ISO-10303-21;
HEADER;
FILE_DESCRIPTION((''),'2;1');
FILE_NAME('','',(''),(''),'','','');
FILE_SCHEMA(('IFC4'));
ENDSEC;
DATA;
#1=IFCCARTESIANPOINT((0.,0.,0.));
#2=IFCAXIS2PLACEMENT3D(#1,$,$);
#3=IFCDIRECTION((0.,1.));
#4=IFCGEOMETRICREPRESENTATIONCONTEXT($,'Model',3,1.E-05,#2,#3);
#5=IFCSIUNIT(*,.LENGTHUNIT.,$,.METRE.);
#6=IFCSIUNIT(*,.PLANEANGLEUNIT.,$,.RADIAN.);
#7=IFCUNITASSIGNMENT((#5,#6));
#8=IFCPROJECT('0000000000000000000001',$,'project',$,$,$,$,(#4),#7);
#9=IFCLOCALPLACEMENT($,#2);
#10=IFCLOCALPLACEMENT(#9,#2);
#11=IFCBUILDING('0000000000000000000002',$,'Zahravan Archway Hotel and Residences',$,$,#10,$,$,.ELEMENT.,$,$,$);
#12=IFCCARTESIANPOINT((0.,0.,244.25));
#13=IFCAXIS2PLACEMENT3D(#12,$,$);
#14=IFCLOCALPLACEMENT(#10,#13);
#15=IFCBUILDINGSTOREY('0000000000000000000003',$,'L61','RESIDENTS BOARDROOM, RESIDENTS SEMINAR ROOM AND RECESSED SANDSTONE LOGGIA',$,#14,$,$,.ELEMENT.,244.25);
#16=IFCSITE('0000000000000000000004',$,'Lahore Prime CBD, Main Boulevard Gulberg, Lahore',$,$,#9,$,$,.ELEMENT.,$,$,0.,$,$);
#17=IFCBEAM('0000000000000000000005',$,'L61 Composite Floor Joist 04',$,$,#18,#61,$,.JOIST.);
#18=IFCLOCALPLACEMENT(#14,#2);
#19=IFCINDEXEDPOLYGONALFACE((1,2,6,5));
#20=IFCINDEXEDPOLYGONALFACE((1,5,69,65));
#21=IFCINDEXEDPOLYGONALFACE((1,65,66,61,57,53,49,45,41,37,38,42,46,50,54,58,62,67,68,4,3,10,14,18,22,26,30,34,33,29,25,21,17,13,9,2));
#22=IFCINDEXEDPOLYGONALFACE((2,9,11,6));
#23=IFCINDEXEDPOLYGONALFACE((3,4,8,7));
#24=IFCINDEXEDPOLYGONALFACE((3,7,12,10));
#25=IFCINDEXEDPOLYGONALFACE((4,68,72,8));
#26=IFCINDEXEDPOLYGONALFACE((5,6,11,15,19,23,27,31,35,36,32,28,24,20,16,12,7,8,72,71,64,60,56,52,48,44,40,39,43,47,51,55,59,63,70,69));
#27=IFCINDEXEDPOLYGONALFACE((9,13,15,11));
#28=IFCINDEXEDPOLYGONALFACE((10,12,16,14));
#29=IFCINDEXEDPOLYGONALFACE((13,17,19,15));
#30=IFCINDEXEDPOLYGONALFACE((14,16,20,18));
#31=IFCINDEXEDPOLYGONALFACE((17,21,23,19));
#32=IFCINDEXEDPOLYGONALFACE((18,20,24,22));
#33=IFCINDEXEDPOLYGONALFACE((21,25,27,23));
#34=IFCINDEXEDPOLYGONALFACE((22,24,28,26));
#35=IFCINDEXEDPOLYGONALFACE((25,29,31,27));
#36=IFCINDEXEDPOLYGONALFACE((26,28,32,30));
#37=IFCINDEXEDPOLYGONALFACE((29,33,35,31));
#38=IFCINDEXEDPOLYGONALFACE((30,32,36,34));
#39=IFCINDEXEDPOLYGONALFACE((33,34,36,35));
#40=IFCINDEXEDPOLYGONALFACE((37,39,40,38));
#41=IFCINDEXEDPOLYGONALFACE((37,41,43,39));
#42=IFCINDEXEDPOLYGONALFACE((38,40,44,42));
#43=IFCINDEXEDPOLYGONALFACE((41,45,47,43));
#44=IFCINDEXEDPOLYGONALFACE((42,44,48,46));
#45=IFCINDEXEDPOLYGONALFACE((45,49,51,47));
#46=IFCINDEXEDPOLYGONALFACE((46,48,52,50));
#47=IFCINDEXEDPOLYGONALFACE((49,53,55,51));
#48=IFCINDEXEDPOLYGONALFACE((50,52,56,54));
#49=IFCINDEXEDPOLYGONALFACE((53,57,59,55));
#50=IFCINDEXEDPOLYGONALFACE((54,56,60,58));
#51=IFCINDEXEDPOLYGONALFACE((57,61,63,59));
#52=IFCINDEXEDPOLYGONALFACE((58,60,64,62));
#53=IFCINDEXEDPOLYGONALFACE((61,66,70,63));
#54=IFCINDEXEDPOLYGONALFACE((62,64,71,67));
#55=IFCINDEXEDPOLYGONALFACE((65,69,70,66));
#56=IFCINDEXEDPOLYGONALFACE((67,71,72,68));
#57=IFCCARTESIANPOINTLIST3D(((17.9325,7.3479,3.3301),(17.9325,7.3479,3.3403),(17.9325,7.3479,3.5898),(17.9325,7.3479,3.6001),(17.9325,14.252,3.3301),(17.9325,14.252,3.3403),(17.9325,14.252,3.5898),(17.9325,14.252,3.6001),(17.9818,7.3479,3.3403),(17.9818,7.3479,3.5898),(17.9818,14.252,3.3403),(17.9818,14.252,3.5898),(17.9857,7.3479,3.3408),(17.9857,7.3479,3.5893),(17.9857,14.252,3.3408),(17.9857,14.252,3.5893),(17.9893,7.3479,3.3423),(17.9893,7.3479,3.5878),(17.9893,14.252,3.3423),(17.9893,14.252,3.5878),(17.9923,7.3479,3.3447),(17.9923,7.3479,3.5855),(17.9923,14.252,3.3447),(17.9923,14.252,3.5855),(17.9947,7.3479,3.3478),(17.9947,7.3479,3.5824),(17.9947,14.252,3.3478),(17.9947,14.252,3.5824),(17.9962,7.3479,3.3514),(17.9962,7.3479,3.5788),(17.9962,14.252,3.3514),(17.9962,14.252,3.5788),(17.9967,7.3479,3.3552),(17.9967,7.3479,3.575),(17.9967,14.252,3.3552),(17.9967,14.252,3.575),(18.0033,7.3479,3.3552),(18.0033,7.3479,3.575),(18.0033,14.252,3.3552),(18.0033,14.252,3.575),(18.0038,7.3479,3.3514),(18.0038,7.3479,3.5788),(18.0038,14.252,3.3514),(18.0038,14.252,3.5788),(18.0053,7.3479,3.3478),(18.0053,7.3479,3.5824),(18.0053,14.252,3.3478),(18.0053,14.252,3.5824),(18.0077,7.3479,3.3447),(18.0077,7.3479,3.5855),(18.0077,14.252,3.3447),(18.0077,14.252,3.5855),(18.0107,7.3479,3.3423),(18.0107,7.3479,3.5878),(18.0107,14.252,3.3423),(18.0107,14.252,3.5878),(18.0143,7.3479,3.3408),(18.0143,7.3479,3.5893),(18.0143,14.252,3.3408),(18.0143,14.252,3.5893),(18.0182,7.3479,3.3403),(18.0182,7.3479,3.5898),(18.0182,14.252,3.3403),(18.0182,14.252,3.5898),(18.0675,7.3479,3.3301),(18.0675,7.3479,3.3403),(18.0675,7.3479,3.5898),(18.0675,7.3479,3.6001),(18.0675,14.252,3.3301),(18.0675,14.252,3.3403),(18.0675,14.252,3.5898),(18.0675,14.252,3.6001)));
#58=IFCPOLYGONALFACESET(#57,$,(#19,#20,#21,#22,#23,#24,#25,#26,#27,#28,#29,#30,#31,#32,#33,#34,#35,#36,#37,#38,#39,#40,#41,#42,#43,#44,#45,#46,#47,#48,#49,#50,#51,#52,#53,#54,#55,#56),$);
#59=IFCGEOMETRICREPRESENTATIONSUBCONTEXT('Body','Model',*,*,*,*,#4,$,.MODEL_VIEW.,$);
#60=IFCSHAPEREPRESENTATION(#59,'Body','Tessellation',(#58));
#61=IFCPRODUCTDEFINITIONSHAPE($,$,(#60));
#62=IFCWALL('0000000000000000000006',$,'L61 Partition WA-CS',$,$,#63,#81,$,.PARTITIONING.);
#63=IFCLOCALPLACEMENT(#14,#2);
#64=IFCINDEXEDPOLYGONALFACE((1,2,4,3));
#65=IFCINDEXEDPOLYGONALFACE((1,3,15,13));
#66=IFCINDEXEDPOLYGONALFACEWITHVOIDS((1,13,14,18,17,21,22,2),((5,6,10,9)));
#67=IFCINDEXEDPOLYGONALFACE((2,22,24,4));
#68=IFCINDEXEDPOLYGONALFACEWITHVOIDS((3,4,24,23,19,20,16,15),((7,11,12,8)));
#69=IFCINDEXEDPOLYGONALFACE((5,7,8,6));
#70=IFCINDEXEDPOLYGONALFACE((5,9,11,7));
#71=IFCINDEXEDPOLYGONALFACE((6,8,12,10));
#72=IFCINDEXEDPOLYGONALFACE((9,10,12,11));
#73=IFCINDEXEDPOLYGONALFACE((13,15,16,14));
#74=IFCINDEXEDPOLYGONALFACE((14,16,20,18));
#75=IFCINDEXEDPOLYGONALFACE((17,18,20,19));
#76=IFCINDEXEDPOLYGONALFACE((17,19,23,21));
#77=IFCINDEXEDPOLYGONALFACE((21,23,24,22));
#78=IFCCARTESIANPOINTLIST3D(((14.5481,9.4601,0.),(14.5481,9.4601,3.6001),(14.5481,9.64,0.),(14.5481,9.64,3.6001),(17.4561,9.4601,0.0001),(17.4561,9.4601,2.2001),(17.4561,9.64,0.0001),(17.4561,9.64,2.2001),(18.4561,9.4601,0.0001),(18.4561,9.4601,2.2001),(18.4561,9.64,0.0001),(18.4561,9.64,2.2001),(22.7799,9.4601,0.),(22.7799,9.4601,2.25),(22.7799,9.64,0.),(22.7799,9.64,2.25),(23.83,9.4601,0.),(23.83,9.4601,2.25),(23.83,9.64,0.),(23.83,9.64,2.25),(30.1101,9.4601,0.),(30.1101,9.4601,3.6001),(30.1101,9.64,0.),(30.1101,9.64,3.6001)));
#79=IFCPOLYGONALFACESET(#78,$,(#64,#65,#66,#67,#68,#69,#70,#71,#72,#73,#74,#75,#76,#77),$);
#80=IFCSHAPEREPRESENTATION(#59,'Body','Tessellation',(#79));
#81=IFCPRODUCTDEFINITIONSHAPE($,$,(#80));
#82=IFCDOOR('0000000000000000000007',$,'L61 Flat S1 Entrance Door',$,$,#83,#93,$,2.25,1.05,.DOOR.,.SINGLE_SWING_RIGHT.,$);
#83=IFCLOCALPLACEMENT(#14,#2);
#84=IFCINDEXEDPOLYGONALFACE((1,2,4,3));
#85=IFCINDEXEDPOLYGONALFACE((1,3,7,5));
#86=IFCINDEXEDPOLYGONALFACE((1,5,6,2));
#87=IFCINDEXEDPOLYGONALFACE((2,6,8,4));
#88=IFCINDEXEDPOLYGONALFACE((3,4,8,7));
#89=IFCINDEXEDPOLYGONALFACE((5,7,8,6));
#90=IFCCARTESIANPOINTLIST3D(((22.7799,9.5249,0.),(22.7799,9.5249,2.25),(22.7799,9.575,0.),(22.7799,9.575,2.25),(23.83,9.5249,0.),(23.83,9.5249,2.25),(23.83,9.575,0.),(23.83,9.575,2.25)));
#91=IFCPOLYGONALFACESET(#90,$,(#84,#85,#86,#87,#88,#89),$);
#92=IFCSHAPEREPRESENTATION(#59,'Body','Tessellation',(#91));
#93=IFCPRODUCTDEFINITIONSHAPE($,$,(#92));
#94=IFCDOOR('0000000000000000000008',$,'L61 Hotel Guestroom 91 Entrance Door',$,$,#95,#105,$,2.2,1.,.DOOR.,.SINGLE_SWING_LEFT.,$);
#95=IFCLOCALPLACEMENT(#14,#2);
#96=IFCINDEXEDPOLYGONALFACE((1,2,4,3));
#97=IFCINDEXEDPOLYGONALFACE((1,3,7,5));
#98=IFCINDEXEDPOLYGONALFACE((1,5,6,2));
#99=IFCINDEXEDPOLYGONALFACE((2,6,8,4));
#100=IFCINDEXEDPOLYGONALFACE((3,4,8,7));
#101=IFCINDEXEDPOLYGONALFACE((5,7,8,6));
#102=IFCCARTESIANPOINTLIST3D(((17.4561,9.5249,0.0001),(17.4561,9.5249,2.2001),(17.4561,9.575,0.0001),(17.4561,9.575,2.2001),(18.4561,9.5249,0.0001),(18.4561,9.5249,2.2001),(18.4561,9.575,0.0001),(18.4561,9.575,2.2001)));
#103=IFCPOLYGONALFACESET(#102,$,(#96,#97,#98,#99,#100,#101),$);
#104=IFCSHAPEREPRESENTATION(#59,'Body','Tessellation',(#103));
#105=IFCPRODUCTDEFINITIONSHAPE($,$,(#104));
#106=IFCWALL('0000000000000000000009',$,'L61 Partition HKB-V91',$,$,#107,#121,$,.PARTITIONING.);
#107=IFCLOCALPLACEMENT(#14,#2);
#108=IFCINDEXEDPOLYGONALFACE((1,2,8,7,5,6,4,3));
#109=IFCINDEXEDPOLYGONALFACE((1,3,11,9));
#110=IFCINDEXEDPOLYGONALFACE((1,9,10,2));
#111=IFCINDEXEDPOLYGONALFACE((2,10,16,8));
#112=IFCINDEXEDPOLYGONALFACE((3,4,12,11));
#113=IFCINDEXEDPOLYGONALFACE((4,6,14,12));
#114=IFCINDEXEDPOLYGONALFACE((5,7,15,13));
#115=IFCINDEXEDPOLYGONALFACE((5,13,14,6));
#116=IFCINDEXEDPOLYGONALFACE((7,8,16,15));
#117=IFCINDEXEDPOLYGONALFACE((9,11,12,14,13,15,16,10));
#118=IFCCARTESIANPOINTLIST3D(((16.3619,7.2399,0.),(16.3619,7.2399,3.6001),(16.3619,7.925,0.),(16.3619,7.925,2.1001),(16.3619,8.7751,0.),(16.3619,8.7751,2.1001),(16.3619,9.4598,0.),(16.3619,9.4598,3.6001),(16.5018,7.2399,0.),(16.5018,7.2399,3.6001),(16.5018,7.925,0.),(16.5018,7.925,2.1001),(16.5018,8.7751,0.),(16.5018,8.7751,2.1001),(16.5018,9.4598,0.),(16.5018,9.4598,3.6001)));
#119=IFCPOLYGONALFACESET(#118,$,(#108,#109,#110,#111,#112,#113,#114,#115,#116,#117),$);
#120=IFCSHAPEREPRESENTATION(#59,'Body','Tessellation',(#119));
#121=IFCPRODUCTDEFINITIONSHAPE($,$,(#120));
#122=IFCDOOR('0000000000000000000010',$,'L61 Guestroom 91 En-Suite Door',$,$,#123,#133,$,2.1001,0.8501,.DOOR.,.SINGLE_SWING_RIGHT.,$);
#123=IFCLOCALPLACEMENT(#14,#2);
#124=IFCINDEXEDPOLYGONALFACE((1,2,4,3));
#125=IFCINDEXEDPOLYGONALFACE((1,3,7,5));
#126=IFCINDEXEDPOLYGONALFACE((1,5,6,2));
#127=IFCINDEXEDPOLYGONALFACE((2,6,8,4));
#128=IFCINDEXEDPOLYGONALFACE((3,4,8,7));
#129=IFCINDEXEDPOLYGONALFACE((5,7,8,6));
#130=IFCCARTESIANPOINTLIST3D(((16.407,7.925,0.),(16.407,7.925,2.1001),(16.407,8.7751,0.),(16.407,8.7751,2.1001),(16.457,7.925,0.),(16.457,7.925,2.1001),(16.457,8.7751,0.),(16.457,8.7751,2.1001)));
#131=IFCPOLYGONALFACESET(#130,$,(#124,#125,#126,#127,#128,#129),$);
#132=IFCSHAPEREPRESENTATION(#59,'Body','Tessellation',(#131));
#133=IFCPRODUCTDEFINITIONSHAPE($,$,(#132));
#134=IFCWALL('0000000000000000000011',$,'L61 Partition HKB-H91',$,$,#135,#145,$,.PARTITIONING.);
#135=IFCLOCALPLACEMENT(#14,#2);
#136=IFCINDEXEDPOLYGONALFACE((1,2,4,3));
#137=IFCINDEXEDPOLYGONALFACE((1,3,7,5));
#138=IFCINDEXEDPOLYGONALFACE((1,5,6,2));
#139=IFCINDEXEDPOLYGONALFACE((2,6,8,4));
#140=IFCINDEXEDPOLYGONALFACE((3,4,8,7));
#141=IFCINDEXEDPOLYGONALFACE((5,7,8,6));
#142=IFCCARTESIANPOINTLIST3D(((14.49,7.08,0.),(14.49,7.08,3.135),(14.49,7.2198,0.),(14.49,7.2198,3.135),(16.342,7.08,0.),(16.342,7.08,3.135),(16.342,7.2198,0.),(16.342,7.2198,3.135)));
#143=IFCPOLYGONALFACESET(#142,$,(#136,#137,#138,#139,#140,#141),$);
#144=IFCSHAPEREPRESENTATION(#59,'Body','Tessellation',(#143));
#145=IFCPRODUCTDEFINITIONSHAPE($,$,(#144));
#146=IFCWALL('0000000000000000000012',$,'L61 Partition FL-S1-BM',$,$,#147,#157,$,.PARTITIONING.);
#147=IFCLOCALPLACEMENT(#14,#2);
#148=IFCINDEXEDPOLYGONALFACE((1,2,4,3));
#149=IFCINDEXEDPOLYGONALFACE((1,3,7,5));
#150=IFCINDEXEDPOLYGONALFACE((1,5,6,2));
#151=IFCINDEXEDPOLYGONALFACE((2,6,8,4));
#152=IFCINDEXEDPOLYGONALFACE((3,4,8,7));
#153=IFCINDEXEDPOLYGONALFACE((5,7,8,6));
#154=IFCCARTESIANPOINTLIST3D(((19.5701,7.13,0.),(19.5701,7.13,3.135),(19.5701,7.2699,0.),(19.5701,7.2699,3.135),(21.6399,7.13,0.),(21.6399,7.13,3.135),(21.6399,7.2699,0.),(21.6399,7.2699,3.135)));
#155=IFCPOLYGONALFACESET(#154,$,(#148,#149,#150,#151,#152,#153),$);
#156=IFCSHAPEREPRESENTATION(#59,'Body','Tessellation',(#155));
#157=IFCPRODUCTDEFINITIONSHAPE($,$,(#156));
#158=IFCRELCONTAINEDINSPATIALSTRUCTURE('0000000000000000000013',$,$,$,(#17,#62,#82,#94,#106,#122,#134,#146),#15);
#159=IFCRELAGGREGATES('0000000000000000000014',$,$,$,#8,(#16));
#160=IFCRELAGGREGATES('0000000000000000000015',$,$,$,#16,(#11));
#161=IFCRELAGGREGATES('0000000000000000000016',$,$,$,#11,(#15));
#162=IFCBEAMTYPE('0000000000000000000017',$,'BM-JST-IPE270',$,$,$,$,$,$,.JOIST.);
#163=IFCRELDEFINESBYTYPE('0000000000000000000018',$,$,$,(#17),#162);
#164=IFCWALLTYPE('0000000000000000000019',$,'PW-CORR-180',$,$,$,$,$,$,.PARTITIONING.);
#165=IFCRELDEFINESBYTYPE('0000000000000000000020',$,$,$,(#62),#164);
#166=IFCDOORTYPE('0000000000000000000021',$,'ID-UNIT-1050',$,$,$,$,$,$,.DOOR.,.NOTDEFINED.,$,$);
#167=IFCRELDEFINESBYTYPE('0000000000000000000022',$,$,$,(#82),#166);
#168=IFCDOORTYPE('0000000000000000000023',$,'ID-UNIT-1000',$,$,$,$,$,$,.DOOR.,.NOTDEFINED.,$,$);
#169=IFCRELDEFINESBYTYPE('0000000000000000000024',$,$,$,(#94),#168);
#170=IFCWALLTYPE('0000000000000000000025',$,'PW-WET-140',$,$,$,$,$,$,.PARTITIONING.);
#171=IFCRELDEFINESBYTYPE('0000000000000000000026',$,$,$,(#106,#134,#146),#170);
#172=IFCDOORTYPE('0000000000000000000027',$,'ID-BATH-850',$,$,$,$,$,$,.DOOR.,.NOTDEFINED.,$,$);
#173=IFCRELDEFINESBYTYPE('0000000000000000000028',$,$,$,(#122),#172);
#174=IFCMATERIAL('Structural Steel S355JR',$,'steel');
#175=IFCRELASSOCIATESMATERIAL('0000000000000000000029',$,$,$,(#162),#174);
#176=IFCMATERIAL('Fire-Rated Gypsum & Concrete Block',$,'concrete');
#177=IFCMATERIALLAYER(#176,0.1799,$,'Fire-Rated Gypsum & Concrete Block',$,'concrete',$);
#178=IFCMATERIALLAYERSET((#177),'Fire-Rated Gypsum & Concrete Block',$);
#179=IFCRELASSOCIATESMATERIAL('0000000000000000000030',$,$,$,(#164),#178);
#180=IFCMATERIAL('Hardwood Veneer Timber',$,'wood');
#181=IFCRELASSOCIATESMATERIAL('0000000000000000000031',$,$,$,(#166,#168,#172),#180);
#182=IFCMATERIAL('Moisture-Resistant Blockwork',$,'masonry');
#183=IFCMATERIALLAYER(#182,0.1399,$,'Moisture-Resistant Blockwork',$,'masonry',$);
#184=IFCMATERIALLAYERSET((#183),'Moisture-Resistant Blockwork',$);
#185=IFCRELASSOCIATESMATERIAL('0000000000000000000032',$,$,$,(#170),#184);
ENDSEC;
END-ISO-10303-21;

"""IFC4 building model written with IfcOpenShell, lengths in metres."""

from ifc_helpers import new_model, si_unit, direction, frame, frame_2d, origin, origin_2d, place, context, subcontext, project, spatial, rectangle, i_section, extrude, source, transform, mapped, material, layer, layer_set, material_profile, profile_set, type_object, type_shapes, element, fill, save


model = new_model("IFC4")

# Units and contexts
model_context = context("Model", 3, precision=1e-05, world=origin(), true_north=direction((0.0, 1.0)))
body_context = subcontext(model_context, "Body", "Model", "MODEL_VIEW")
ifc_project = project(units=[si_unit("LENGTHUNIT", "METRE"), si_unit("PLANEANGLEUNIT", "RADIAN")], contexts=[model_context])

# Site, building, storey
site_placement = place(None, origin())
site = spatial("IfcSite", under=ifc_project, at=site_placement, Name="Lahore Prime CBD, Main Boulevard Gulberg, Lahore", CompositionType="ELEMENT", RefElevation=0.0)
building_placement = place(site_placement, origin())
building = spatial("IfcBuilding", under=site, at=building_placement, Name="Zahravan Archway Hotel and Residences", CompositionType="ELEMENT")
storey_placement = place(building_placement, frame((0.0, 0.0, 244.25)))
storey = spatial("IfcBuildingStorey", under=building, at=storey_placement, Name="L61", Description="RESIDENTS BOARDROOM, RESIDENTS SEMINAR ROOM AND RECESSED SANDSTONE LOGGIA", CompositionType="ELEMENT", Elevation=244.25)

# Beam
ifc_material_1 = material(Name="Structural Steel S355JR", Category="steel")
ifc_material_profile_1 = material_profile(ifc_material_1, i_section(OverallWidth=0.135, OverallDepth=0.27, WebThickness=0.0066, FlangeThickness=0.0103, FilletRadius=0.0149, at=origin_2d()), Name="IPE 270", Category="steel")
ifc_profile_set_1 = profile_set([ifc_material_profile_1], Name="Structural Steel S355JR")
beam_type_1 = type_object("IfcBeamType", Name="BM-JST-IPE270", PredefinedType="JOIST", material=ifc_profile_set_1)
shared_shape_1 = source(origin(), body_context, "Body", "SweptSolid", [
    extrude(i_section(OverallWidth=0.135, OverallDepth=0.27, WebThickness=0.0066, FlangeThickness=0.0103, FilletRadius=0.0149, at=origin_2d()), origin(), (0.0, 0.0, 1.0), 6.9041),
])
type_shapes(beam_type_1, [shared_shape_1])
beam_1_placement = place(storey_placement, frame((18.0, 7.3479, 3.4651), z_axis=(0.0, 1.0, 0.0), x_axis=(-1.0, 0.0, 0.0)))
element("IfcBeam", 1, at=beam_1_placement, inside=storey, type_object=beam_type_1, Name="L61 Composite Floor Joist 04", PredefinedType="JOIST", context=body_context, shape_type="MappedRepresentation", body=[
    mapped(shared_shape_1, transform((0.0, 0.0, 0.0), scale=1.0)),
])

# Wall, openings, doors
ifc_material_2 = material(Name="Fire-Rated Gypsum & Concrete Block", Category="concrete")
ifc_layer_1 = layer(ifc_material_2, 0.1799, Name="Fire-Rated Gypsum & Concrete Block", Category="concrete")
ifc_layer_set_1 = layer_set([ifc_layer_1], Name="Fire-Rated Gypsum & Concrete Block")
wall_type_1 = type_object("IfcWallType", Name="PW-CORR-180", PredefinedType="PARTITIONING", material=ifc_layer_set_1)
wall_1_placement = place(storey_placement, frame((14.5481, 9.55, 0.0), z_axis=(0.0, 0.0, 1.0), x_axis=(1.0, 0.0, 0.0)))
wall_1 = element("IfcWall", 2, at=wall_1_placement, inside=storey, type_object=wall_type_1, Name="L61 Partition WA-CS", PredefinedType="PARTITIONING", context=body_context, shape_type="SweptSolid", body=[
    extrude(rectangle(XDim=15.562, YDim=0.1799, at=frame_2d((7.781, 0.0))), origin(), (0.0, 0.0, 1.0), 3.6001),
])
opening_1_placement = place(wall_1_placement, frame((2.908, 0.0, 0.0)))
opening_1 = element("IfcOpeningElement", 3, at=opening_1_placement, cuts=wall_1, PredefinedType="OPENING", context=body_context, shape_type="SweptSolid", body=[
    extrude(rectangle(XDim=1.0, YDim=2.2, at=frame_2d((0.5, 1.1001))), frame((0.0, 0.1001, 0.0), z_axis=(0.0, -1.0, 0.0), x_axis=(1.0, 0.0, 0.0)), (0.0, 0.0, 1.0), 0.2),
])
opening_2_placement = place(wall_1_placement, frame((8.2319, 0.0, 0.0)))
opening_2 = element("IfcOpeningElement", 4, at=opening_2_placement, cuts=wall_1, PredefinedType="OPENING", context=body_context, shape_type="SweptSolid", body=[
    extrude(rectangle(XDim=1.05, YDim=2.25, at=frame_2d((0.5249, 1.125))), frame((0.0, 0.1001, 0.0), z_axis=(0.0, -1.0, 0.0), x_axis=(1.0, 0.0, 0.0)), (0.0, 0.0, 1.0), 0.2),
])
ifc_material_3 = material(Name="Hardwood Veneer Timber", Category="wood")
door_type_1 = type_object("IfcDoorType", Name="ID-UNIT-1050", OperationType="NOTDEFINED", PredefinedType="DOOR", material=ifc_material_3)
shared_shape_2 = source(origin(), body_context, "Body", "SweptSolid", [
    extrude(rectangle(XDim=1.05, YDim=2.25, at=frame_2d((0.5249, 1.125))), frame((0.0, 0.0249, 0.0), z_axis=(0.0, -1.0, 0.0), x_axis=(1.0, 0.0, 0.0)), (0.0, 0.0, 1.0), 0.05),
])
type_shapes(door_type_1, [shared_shape_2])
door_1_placement = place(opening_2_placement, origin())
door_1 = element("IfcDoor", 5, at=door_1_placement, inside=storey, type_object=door_type_1, Name="L61 Flat S1 Entrance Door", OperationType="SINGLE_SWING_RIGHT", OverallHeight=2.25, OverallWidth=1.05, PredefinedType="DOOR", context=body_context, shape_type="MappedRepresentation", body=[
    mapped(shared_shape_2, transform((0.0, 0.0, 0.0), scale=1.0)),
])
fill(opening_2, door_1)
door_type_2 = type_object("IfcDoorType", Name="ID-UNIT-1000", OperationType="NOTDEFINED", PredefinedType="DOOR", material=ifc_material_3)
shared_shape_3 = source(origin(), body_context, "Body", "SweptSolid", [
    extrude(rectangle(XDim=1.0, YDim=2.2, at=frame_2d((0.5, 1.1001))), frame((0.0, 0.0249, 0.0), z_axis=(0.0, -1.0, 0.0), x_axis=(1.0, 0.0, 0.0)), (0.0, 0.0, 1.0), 0.05),
])
type_shapes(door_type_2, [shared_shape_3])
door_2_placement = place(opening_1_placement, origin())
door_2 = element("IfcDoor", 6, at=door_2_placement, inside=storey, type_object=door_type_2, Name="L61 Hotel Guestroom 91 Entrance Door", OperationType="SINGLE_SWING_LEFT", OverallHeight=2.2, OverallWidth=1.0, PredefinedType="DOOR", context=body_context, shape_type="MappedRepresentation", body=[
    mapped(shared_shape_3, transform((0.0, 0.0, 0.0), scale=1.0)),
])
fill(opening_1, door_2)

# Wall, opening, door
ifc_material_4 = material(Name="Moisture-Resistant Blockwork", Category="masonry")
ifc_layer_2 = layer(ifc_material_4, 0.1399, Name="Moisture-Resistant Blockwork", Category="masonry")
ifc_layer_set_2 = layer_set([ifc_layer_2], Name="Moisture-Resistant Blockwork")
wall_type_2 = type_object("IfcWallType", Name="PW-WET-140", PredefinedType="PARTITIONING", material=ifc_layer_set_2)
wall_2_placement = place(storey_placement, frame((16.4319, 7.24, 0.0), z_axis=(0.0, 0.0, 1.0), x_axis=(0.0, 1.0, 0.0)))
wall_2 = element("IfcWall", 7, at=wall_2_placement, inside=storey, type_object=wall_type_2, Name="L61 Partition HKB-V91", PredefinedType="PARTITIONING", context=body_context, shape_type="SweptSolid", body=[
    extrude(rectangle(XDim=2.22, YDim=0.1399, at=frame_2d((1.1099, 0.0))), origin(), (0.0, 0.0, 1.0), 3.6001),
])
opening_3_placement = place(wall_2_placement, frame((0.6851, 0.0, 0.0)))
opening_3 = element("IfcOpeningElement", 8, at=opening_3_placement, cuts=wall_2, PredefinedType="OPENING", context=body_context, shape_type="SweptSolid", body=[
    extrude(rectangle(XDim=0.8501, YDim=2.1001, at=frame_2d((0.425, 1.05))), frame((0.0, 0.0801, 0.0), z_axis=(0.0, -1.0, 0.0), x_axis=(1.0, 0.0, 0.0)), (0.0, 0.0, 1.0), 0.1599),
])
door_type_3 = type_object("IfcDoorType", Name="ID-BATH-850", OperationType="NOTDEFINED", PredefinedType="DOOR", material=ifc_material_3)
shared_shape_4 = source(origin(), body_context, "Body", "SweptSolid", [
    extrude(rectangle(XDim=0.8501, YDim=2.1001, at=frame_2d((0.425, 1.05))), frame((0.0, 0.0249, 0.0), z_axis=(0.0, -1.0, 0.0), x_axis=(1.0, 0.0, 0.0)), (0.0, 0.0, 1.0), 0.05),
])
type_shapes(door_type_3, [shared_shape_4])
door_3_placement = place(opening_3_placement, origin())
door_3 = element("IfcDoor", 9, at=door_3_placement, inside=storey, type_object=door_type_3, Name="L61 Guestroom 91 En-Suite Door", OperationType="SINGLE_SWING_RIGHT", OverallHeight=2.1001, OverallWidth=0.8501, PredefinedType="DOOR", context=body_context, shape_type="MappedRepresentation", body=[
    mapped(shared_shape_4, transform((0.0, 0.0, 0.0), scale=1.0)),
])
fill(opening_3, door_3)

# Walls
wall_3_placement = place(storey_placement, frame((14.49, 7.1499, 0.0), z_axis=(0.0, 0.0, 1.0), x_axis=(1.0, 0.0, 0.0)))
element("IfcWall", 10, at=wall_3_placement, inside=storey, type_object=wall_type_2, Name="L61 Partition HKB-H91", PredefinedType="PARTITIONING", context=body_context, shape_type="SweptSolid", body=[
    extrude(rectangle(XDim=1.8521, YDim=0.1399, at=frame_2d((0.926, 0.0))), origin(), (0.0, 0.0, 1.0), 3.135),
])
wall_4_placement = place(storey_placement, frame((19.5701, 7.2, 0.0), z_axis=(0.0, 0.0, 1.0), x_axis=(1.0, 0.0, 0.0)))
element("IfcWall", 11, at=wall_4_placement, inside=storey, type_object=wall_type_2, Name="L61 Partition FL-S1-BM", PredefinedType="PARTITIONING", context=body_context, shape_type="SweptSolid", body=[
    extrude(rectangle(XDim=2.0698, YDim=0.1399, at=frame_2d((1.0349, 0.0))), origin(), (0.0, 0.0, 1.0), 3.135),
])

save(model, "model.ifc")
